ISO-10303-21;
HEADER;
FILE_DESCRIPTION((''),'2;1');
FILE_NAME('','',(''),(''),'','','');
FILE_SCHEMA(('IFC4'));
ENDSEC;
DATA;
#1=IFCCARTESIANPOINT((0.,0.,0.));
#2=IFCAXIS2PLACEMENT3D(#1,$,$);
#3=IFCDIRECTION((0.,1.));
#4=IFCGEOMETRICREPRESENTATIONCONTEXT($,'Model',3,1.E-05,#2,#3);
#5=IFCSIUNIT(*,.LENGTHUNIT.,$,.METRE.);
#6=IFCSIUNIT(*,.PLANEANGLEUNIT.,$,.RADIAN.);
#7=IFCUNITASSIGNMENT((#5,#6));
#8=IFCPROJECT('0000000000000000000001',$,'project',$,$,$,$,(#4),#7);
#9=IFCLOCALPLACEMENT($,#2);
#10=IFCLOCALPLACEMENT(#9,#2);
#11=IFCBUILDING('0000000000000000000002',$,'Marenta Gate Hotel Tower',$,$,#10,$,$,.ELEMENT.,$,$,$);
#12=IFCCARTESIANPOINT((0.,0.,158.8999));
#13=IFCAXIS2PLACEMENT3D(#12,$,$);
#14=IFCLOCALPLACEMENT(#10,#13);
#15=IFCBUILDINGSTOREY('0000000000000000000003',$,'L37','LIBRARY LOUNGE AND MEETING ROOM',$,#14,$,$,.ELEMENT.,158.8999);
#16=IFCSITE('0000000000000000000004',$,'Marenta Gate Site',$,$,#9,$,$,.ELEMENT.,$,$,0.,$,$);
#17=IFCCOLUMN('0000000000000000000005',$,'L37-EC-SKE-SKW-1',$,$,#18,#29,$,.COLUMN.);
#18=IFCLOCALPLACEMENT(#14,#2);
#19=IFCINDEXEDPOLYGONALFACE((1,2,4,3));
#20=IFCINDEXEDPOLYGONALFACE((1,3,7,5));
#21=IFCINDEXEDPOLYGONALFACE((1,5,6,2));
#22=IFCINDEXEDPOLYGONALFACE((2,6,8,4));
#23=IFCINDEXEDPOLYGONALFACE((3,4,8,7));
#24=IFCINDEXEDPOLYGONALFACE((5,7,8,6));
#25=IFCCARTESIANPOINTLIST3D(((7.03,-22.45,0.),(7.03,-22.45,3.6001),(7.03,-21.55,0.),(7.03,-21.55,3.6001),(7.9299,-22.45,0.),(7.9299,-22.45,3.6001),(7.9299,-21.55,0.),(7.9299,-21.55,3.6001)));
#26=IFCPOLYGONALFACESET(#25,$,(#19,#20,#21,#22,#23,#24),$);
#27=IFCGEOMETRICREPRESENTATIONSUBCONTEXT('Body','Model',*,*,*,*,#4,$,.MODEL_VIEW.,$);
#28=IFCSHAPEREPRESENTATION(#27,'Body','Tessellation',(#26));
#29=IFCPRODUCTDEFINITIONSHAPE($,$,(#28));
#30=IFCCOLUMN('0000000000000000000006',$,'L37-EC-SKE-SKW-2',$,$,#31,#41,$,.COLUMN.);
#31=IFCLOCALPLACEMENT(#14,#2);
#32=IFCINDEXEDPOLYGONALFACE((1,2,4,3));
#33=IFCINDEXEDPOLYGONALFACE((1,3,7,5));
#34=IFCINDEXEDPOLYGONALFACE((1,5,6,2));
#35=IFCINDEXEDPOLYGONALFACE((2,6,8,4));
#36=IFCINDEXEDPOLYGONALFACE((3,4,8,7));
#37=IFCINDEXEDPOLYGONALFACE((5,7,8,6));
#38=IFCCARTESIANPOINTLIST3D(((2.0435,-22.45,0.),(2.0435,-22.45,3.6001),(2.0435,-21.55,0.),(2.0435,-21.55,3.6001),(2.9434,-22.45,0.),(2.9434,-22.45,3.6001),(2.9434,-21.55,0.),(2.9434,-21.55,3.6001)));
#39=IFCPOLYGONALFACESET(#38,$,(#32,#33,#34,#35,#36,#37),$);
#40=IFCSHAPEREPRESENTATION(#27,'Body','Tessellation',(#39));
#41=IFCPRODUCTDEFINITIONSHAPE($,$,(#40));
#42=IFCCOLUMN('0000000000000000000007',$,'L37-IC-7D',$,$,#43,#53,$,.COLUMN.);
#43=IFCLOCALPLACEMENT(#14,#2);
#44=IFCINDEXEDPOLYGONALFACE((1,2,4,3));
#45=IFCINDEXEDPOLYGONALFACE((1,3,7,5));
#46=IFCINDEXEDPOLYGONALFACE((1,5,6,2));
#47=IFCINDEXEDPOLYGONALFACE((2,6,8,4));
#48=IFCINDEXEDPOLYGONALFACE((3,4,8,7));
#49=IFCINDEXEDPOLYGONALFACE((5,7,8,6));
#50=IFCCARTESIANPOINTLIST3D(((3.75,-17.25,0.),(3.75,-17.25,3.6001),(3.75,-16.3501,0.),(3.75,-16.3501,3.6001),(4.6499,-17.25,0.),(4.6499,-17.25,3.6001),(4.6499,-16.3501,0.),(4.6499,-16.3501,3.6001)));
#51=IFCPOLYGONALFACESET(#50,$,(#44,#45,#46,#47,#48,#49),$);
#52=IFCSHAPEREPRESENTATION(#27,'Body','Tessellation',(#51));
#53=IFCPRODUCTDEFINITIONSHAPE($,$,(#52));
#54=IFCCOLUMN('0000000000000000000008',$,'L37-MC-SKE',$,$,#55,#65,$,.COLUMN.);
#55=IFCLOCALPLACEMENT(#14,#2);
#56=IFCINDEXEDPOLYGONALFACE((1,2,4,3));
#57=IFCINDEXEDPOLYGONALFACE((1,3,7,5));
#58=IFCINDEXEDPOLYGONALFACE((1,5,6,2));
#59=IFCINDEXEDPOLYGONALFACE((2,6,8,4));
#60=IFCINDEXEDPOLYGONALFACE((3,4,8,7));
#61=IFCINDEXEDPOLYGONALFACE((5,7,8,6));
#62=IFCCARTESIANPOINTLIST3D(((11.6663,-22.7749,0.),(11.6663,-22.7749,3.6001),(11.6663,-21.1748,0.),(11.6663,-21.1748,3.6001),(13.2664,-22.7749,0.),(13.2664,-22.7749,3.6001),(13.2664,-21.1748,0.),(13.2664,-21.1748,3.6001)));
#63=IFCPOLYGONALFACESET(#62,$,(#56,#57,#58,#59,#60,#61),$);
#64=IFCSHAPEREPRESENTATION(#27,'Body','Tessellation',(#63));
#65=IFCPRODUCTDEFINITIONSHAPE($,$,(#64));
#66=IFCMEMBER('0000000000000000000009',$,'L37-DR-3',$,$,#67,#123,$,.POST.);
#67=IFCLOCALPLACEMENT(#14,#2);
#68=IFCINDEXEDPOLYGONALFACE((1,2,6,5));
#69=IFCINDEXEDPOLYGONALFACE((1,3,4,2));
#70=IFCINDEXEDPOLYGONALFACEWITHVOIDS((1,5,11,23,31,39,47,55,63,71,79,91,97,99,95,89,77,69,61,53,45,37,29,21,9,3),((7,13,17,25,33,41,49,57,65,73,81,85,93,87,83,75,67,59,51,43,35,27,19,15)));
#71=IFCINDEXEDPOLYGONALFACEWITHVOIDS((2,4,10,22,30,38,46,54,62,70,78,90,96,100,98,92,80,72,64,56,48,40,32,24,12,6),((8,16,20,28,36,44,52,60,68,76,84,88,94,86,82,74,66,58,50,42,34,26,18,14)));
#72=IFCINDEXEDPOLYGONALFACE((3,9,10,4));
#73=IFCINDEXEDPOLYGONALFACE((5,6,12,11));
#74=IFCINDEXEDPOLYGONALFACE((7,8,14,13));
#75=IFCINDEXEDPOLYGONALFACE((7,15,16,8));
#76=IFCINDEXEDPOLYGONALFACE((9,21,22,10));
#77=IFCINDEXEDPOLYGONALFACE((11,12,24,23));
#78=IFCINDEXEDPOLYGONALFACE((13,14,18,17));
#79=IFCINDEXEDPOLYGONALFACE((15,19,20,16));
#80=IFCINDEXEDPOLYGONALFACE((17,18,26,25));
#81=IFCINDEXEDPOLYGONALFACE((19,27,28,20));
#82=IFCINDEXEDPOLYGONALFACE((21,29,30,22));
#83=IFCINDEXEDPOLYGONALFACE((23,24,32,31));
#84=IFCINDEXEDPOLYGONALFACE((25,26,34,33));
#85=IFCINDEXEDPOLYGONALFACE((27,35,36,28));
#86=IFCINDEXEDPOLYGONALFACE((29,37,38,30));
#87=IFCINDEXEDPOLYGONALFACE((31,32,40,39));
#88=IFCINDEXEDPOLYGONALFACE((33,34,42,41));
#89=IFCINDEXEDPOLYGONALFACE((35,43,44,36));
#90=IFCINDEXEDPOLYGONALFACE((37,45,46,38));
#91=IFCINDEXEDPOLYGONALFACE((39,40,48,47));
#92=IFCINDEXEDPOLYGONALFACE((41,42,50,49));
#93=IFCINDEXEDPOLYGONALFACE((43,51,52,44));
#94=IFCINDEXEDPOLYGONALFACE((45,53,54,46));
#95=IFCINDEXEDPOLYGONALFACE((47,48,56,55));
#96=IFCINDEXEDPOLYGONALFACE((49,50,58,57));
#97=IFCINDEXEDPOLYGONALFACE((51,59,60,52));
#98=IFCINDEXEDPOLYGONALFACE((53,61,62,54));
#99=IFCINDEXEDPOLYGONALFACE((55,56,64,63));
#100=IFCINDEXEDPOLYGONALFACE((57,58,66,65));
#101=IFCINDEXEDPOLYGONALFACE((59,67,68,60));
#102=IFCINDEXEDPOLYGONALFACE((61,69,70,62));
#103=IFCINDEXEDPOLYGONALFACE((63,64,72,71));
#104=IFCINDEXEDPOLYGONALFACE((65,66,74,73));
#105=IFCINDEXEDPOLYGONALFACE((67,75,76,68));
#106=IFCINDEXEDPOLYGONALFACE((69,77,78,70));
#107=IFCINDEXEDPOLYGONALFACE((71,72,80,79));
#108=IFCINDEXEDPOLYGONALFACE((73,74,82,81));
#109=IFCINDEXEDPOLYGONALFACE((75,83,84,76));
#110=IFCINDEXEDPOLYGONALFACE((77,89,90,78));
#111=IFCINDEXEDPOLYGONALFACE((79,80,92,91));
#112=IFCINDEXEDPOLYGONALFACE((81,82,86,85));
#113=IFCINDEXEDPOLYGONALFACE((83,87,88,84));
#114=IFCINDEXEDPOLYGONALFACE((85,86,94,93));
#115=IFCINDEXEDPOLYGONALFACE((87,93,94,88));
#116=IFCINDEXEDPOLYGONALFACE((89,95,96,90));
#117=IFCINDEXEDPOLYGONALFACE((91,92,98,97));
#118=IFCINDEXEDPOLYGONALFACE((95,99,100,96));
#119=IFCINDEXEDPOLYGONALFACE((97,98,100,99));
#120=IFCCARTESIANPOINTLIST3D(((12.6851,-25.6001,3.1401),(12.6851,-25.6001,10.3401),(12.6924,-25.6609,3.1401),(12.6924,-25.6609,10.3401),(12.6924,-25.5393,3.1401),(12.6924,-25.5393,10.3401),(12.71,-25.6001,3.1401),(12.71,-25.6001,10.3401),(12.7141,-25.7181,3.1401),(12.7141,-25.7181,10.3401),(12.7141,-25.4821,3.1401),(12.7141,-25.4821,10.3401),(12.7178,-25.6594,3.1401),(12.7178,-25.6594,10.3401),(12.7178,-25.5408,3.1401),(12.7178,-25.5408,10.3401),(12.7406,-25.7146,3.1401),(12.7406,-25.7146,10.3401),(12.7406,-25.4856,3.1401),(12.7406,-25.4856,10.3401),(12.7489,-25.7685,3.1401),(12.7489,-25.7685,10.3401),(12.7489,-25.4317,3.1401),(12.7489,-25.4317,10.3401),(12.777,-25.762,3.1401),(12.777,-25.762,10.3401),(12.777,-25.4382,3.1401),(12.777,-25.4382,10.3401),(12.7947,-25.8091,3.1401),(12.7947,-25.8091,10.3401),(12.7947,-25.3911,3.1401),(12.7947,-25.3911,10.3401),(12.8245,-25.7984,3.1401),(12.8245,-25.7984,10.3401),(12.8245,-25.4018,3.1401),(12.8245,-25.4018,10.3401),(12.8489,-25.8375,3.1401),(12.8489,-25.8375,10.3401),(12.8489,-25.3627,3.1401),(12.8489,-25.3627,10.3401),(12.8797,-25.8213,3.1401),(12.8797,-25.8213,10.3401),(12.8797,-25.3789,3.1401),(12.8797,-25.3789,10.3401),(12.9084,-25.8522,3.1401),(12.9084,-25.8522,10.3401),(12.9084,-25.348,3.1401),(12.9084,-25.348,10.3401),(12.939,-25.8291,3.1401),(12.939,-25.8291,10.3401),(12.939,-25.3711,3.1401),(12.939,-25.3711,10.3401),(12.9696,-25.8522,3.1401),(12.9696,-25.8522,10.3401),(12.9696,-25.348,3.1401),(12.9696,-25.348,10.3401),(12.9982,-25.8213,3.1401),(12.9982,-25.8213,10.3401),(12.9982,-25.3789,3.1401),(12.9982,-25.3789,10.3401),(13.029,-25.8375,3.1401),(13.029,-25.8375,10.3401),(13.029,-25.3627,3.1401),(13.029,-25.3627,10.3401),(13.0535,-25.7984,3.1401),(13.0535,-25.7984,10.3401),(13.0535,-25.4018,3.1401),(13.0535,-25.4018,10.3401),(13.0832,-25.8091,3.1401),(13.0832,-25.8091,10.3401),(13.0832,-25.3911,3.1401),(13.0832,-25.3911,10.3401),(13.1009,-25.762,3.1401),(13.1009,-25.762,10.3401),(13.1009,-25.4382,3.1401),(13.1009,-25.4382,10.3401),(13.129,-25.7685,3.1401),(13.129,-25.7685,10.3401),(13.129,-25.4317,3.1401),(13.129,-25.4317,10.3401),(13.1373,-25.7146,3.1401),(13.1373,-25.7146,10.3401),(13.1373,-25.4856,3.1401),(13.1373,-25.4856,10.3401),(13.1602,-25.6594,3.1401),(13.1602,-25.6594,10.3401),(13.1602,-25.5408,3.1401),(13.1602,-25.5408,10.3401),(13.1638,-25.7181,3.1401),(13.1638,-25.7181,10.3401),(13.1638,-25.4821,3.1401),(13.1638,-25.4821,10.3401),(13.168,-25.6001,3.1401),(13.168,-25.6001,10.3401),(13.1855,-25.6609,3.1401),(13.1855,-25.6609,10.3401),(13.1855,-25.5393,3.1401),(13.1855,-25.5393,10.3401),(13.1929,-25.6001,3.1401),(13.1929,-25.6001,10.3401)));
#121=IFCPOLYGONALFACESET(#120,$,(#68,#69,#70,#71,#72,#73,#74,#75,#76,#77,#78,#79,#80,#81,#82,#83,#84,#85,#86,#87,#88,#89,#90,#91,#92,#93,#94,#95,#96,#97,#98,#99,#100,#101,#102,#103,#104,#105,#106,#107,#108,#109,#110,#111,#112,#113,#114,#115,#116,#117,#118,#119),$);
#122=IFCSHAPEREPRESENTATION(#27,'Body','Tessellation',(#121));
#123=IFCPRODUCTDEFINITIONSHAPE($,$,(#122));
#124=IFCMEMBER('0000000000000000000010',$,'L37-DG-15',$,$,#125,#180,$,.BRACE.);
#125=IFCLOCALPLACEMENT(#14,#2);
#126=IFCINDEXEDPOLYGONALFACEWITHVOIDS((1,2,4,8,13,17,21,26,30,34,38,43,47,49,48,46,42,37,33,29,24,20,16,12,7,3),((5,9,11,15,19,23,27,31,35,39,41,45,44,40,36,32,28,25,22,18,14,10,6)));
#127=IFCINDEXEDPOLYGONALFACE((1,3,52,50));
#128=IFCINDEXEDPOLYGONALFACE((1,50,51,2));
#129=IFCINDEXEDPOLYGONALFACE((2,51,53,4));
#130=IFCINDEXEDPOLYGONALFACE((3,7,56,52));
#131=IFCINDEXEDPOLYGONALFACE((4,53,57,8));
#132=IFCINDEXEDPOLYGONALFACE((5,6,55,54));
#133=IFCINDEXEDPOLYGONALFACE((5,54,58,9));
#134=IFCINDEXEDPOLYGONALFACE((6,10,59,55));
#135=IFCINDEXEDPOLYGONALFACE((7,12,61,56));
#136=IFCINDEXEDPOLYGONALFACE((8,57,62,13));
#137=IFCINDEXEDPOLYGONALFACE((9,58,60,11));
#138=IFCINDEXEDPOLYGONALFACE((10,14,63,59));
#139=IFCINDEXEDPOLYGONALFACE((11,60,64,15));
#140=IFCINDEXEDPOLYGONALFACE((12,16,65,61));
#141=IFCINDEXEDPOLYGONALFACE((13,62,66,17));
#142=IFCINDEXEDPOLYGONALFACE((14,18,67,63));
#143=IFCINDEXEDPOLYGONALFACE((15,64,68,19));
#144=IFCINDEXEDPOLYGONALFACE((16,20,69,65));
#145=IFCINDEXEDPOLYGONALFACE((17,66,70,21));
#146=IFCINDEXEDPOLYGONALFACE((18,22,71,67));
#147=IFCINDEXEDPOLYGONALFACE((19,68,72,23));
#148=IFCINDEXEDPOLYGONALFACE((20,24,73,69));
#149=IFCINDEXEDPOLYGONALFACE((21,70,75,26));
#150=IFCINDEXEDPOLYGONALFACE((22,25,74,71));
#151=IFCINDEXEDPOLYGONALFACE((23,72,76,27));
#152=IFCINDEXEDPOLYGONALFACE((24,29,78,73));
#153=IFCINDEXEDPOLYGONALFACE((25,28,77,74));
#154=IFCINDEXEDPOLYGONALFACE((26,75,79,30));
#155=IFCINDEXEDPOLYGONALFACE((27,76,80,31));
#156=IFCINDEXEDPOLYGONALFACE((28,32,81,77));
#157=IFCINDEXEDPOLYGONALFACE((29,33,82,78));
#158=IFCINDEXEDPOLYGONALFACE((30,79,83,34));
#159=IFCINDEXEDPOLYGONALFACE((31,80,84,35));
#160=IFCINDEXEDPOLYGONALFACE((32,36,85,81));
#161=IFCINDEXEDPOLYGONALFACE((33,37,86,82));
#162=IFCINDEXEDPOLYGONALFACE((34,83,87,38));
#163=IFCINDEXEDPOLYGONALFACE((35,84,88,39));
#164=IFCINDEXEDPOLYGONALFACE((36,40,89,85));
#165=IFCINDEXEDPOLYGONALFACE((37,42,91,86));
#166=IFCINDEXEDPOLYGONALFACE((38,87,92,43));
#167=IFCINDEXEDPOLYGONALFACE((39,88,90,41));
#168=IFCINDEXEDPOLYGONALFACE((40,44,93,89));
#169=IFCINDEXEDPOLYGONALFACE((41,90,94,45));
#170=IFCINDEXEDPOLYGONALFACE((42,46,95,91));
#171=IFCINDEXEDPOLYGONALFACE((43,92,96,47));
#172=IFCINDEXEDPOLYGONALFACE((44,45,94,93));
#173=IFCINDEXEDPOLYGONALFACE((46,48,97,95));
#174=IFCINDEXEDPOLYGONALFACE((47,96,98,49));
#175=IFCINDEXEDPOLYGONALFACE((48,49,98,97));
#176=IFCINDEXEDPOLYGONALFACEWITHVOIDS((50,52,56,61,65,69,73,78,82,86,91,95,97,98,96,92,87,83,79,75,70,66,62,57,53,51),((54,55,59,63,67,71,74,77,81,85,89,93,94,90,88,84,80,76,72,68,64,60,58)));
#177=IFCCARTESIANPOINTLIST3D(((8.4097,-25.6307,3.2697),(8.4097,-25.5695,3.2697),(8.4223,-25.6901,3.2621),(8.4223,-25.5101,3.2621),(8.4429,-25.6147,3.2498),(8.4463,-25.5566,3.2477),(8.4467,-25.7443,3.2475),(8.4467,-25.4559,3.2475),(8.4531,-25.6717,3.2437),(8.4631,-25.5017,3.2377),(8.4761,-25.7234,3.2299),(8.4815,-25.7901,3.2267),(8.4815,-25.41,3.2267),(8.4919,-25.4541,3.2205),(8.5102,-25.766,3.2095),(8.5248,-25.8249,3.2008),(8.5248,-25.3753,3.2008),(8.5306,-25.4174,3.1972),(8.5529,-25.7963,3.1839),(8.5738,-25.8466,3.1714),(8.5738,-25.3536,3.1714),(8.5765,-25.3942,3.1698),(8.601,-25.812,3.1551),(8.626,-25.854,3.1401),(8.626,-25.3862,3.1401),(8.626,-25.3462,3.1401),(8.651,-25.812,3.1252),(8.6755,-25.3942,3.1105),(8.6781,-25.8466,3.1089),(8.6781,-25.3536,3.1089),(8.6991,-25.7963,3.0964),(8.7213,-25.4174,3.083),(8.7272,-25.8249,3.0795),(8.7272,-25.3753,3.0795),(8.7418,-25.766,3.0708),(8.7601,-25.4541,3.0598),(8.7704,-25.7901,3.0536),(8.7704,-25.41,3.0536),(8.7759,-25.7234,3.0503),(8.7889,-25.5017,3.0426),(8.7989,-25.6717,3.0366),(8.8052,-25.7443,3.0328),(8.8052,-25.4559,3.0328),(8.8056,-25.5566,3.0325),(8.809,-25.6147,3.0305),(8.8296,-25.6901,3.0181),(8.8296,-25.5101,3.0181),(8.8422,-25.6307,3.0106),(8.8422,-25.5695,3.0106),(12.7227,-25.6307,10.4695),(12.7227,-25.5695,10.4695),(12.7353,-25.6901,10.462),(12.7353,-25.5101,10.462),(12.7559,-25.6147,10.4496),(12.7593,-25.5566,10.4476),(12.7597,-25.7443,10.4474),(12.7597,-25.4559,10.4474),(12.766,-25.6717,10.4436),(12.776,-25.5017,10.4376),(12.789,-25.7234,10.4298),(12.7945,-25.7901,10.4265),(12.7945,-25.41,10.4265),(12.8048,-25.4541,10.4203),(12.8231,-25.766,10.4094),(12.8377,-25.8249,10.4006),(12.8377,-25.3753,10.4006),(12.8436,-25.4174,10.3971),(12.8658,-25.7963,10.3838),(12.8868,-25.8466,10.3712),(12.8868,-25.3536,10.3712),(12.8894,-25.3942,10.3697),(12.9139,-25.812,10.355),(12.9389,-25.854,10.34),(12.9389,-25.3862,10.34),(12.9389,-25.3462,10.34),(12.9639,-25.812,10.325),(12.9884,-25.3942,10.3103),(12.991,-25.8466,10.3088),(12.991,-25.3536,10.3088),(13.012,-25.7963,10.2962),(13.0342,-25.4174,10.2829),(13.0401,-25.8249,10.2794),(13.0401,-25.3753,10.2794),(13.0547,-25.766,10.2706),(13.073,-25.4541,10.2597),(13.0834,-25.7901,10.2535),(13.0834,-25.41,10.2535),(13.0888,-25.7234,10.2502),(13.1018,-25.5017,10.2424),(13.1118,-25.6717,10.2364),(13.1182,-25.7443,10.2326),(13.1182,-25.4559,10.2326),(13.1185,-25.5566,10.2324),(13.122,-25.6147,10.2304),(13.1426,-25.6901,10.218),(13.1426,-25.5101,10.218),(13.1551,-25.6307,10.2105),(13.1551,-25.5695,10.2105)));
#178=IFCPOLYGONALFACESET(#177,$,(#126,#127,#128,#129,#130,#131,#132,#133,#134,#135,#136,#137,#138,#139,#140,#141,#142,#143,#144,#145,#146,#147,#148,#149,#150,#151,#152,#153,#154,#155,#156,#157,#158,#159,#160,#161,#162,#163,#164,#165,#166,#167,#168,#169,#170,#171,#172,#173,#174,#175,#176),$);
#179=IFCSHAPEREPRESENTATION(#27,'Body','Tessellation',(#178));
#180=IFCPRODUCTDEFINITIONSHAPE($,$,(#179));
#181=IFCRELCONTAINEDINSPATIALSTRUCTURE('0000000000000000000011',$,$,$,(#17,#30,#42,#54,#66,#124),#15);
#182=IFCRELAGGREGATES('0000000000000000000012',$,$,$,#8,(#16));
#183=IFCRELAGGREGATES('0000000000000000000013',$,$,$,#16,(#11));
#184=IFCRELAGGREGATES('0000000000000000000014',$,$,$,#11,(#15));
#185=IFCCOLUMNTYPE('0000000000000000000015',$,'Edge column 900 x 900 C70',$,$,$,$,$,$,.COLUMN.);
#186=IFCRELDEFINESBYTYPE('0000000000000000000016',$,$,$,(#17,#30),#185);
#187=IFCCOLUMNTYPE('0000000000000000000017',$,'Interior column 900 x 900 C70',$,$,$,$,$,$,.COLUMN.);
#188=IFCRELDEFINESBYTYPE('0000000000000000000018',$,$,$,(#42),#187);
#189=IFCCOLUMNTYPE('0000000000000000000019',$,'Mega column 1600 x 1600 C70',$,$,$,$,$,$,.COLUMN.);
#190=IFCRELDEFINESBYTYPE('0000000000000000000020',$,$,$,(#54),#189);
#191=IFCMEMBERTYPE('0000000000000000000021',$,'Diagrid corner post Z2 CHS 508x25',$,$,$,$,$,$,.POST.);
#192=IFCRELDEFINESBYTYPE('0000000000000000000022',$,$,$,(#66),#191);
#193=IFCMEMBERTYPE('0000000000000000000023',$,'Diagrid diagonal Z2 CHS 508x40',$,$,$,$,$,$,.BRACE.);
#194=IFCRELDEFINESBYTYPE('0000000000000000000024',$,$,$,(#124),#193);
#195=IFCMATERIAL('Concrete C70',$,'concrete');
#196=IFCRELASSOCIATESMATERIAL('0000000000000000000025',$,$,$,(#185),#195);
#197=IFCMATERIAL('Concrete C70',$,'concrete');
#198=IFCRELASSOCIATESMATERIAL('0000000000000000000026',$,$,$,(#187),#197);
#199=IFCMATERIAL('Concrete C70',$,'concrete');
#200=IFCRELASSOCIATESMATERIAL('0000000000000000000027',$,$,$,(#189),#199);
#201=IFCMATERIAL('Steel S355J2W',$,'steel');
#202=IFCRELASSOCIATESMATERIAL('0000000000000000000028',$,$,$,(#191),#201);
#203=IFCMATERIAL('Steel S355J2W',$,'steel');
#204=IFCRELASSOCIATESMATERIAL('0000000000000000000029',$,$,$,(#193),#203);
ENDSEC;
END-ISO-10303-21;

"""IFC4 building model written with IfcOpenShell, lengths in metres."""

from ifc_helpers import new_model, si_unit, direction, frame, origin, origin_2d, place, context, subcontext, project, spatial, rectangle, hollow_circle, extrude, material, material_profile, profile_set, type_object, element, save


model = new_model("IFC4")

# Units and contexts
model_context = context("Model", 3, precision=1e-05, world=origin(), true_north=direction((0.0, 1.0)))
body_context = subcontext(model_context, "Body", "Model", "MODEL_VIEW")
ifc_project = project(units=[si_unit("LENGTHUNIT", "METRE"), si_unit("PLANEANGLEUNIT", "RADIAN")], contexts=[model_context])

# Site, building, storey
site_placement = place(None, origin())
site = spatial("IfcSite", under=ifc_project, at=site_placement, Name="Marenta Gate Site", CompositionType="ELEMENT", RefElevation=0.0)
building_placement = place(site_placement, origin())
building = spatial("IfcBuilding", under=site, at=building_placement, Name="Marenta Gate Hotel Tower", CompositionType="ELEMENT")
storey_placement = place(building_placement, frame((0.0, 0.0, 158.8999)))
storey = spatial("IfcBuildingStorey", under=building, at=storey_placement, Name="L37", Description="LIBRARY LOUNGE AND MEETING ROOM", CompositionType="ELEMENT", Elevation=158.8999)

# Columns
ifc_material_1 = material(Name="Concrete C70", Category="concrete")
ifc_material_profile_1 = material_profile(ifc_material_1, rectangle(XDim=0.8999, YDim=0.8999, at=origin_2d()), Name="900 x 900")
ifc_profile_set_1 = profile_set([ifc_material_profile_1], Name="Concrete C70")
column_type_1 = type_object("IfcColumnType", Name="Edge column 900 x 900 C70", PredefinedType="COLUMN", material=ifc_profile_set_1)
for number, where, z_axis, x_axis, name in (
    (1, (7.48, -22.0, 0.0), (0.0, 0.0, 1.0), (1.0, 0.0, 0.0), "L37-EC-SKE-SKW-1"),
    (2, (2.4934, -22.0, 0.0), (0.0, 0.0, 1.0), (1.0, 0.0, 0.0), "L37-EC-SKE-SKW-2"),
):
    element("IfcColumn", number, at=place(storey_placement, frame(where, z_axis=z_axis, x_axis=x_axis)), inside=storey, type_object=column_type_1, Name=name, PredefinedType="COLUMN", context=body_context, shape_type="SweptSolid", body=[
        extrude(rectangle(XDim=0.8999, YDim=0.8999, at=origin_2d()), origin(), (0.0, 0.0, 1.0), 3.6001),
    ])
ifc_material_2 = material(Name="Concrete C70", Category="concrete")
ifc_material_profile_2 = material_profile(ifc_material_2, rectangle(XDim=0.8999, YDim=0.8999, at=origin_2d()), Name="900 x 900")
ifc_profile_set_2 = profile_set([ifc_material_profile_2], Name="Concrete C70")
column_type_2 = type_object("IfcColumnType", Name="Interior column 900 x 900 C70", PredefinedType="COLUMN", material=ifc_profile_set_2)
column_1_placement = place(storey_placement, frame((4.2, -16.8, 0.0), z_axis=(0.0, 0.0, 1.0), x_axis=(1.0, 0.0, 0.0)))
element("IfcColumn", 3, at=column_1_placement, inside=storey, type_object=column_type_2, Name="L37-IC-7D", PredefinedType="COLUMN", context=body_context, shape_type="SweptSolid", body=[
    extrude(rectangle(XDim=0.8999, YDim=0.8999, at=origin_2d()), origin(), (0.0, 0.0, 1.0), 3.6001),
])
ifc_material_3 = material(Name="Concrete C70", Category="concrete")
ifc_material_profile_3 = material_profile(ifc_material_3, rectangle(XDim=1.6001, YDim=1.6001, at=origin_2d()), Name="1600 x 1600")
ifc_profile_set_3 = profile_set([ifc_material_profile_3], Name="Concrete C70")
column_type_3 = type_object("IfcColumnType", Name="Mega column 1600 x 1600 C70", PredefinedType="COLUMN", material=ifc_profile_set_3)
column_2_placement = place(storey_placement, frame((12.4663, -21.9749, 0.0), z_axis=(0.0, 0.0, 1.0), x_axis=(1.0, 0.0, 0.0)))
element("IfcColumn", 4, at=column_2_placement, inside=storey, type_object=column_type_3, Name="L37-MC-SKE", PredefinedType="COLUMN", context=body_context, shape_type="SweptSolid", body=[
    extrude(rectangle(XDim=1.6001, YDim=1.6001, at=origin_2d()), origin(), (0.0, 0.0, 1.0), 3.6001),
])

# Members
ifc_material_4 = material(Name="Steel S355J2W", Category="steel")
ifc_material_profile_4 = material_profile(ifc_material_4, hollow_circle(Radius=0.2539, WallThickness=0.0249, at=origin_2d()), Name="CHS 508x25")
ifc_profile_set_4 = profile_set([ifc_material_profile_4], Name="Steel S355J2W")
member_type_1 = type_object("IfcMemberType", Name="Diagrid corner post Z2 CHS 508x25", PredefinedType="POST", material=ifc_profile_set_4)
member_1_placement = place(storey_placement, frame((12.939, -25.6001, 3.1401), z_axis=(0.0, 0.0, 1.0), x_axis=(1.0, 0.0, 0.0)))
element("IfcMember", 5, at=member_1_placement, inside=storey, type_object=member_type_1, Name="L37-DR-3", PredefinedType="POST", context=body_context, shape_type="SweptSolid", body=[
    extrude(hollow_circle(Radius=0.2539, WallThickness=0.0249, at=origin_2d()), origin(), (0.0, 0.0, 1.0), 7.2),
])
ifc_material_5 = material(Name="Steel S355J2W", Category="steel")
ifc_material_profile_5 = material_profile(ifc_material_5, hollow_circle(Radius=0.2539, WallThickness=0.04, at=origin_2d()), Name="CHS 508x40")
ifc_profile_set_5 = profile_set([ifc_material_profile_5], Name="Steel S355J2W")
member_type_2 = type_object("IfcMemberType", Name="Diagrid diagonal Z2 CHS 508x40", PredefinedType="BRACE", material=ifc_profile_set_5)
for number, where, z_axis, x_axis, name in (
    (6, (8.626, -25.6001, 3.1401), (0.513884, 0.0, 0.85786), (0.0, 1.0, 0.0), "L37-DG-15"),
):
    element("IfcMember", number, at=place(storey_placement, frame(where, z_axis=z_axis, x_axis=x_axis)), inside=storey, type_object=member_type_2, Name=name, PredefinedType="BRACE", context=body_context, shape_type="SweptSolid", body=[
        extrude(hollow_circle(Radius=0.2539, WallThickness=0.04, at=origin_2d()), origin(), (0.0, 0.0, 1.0), 8.3928),
    ])

save(model, "model.ifc")
